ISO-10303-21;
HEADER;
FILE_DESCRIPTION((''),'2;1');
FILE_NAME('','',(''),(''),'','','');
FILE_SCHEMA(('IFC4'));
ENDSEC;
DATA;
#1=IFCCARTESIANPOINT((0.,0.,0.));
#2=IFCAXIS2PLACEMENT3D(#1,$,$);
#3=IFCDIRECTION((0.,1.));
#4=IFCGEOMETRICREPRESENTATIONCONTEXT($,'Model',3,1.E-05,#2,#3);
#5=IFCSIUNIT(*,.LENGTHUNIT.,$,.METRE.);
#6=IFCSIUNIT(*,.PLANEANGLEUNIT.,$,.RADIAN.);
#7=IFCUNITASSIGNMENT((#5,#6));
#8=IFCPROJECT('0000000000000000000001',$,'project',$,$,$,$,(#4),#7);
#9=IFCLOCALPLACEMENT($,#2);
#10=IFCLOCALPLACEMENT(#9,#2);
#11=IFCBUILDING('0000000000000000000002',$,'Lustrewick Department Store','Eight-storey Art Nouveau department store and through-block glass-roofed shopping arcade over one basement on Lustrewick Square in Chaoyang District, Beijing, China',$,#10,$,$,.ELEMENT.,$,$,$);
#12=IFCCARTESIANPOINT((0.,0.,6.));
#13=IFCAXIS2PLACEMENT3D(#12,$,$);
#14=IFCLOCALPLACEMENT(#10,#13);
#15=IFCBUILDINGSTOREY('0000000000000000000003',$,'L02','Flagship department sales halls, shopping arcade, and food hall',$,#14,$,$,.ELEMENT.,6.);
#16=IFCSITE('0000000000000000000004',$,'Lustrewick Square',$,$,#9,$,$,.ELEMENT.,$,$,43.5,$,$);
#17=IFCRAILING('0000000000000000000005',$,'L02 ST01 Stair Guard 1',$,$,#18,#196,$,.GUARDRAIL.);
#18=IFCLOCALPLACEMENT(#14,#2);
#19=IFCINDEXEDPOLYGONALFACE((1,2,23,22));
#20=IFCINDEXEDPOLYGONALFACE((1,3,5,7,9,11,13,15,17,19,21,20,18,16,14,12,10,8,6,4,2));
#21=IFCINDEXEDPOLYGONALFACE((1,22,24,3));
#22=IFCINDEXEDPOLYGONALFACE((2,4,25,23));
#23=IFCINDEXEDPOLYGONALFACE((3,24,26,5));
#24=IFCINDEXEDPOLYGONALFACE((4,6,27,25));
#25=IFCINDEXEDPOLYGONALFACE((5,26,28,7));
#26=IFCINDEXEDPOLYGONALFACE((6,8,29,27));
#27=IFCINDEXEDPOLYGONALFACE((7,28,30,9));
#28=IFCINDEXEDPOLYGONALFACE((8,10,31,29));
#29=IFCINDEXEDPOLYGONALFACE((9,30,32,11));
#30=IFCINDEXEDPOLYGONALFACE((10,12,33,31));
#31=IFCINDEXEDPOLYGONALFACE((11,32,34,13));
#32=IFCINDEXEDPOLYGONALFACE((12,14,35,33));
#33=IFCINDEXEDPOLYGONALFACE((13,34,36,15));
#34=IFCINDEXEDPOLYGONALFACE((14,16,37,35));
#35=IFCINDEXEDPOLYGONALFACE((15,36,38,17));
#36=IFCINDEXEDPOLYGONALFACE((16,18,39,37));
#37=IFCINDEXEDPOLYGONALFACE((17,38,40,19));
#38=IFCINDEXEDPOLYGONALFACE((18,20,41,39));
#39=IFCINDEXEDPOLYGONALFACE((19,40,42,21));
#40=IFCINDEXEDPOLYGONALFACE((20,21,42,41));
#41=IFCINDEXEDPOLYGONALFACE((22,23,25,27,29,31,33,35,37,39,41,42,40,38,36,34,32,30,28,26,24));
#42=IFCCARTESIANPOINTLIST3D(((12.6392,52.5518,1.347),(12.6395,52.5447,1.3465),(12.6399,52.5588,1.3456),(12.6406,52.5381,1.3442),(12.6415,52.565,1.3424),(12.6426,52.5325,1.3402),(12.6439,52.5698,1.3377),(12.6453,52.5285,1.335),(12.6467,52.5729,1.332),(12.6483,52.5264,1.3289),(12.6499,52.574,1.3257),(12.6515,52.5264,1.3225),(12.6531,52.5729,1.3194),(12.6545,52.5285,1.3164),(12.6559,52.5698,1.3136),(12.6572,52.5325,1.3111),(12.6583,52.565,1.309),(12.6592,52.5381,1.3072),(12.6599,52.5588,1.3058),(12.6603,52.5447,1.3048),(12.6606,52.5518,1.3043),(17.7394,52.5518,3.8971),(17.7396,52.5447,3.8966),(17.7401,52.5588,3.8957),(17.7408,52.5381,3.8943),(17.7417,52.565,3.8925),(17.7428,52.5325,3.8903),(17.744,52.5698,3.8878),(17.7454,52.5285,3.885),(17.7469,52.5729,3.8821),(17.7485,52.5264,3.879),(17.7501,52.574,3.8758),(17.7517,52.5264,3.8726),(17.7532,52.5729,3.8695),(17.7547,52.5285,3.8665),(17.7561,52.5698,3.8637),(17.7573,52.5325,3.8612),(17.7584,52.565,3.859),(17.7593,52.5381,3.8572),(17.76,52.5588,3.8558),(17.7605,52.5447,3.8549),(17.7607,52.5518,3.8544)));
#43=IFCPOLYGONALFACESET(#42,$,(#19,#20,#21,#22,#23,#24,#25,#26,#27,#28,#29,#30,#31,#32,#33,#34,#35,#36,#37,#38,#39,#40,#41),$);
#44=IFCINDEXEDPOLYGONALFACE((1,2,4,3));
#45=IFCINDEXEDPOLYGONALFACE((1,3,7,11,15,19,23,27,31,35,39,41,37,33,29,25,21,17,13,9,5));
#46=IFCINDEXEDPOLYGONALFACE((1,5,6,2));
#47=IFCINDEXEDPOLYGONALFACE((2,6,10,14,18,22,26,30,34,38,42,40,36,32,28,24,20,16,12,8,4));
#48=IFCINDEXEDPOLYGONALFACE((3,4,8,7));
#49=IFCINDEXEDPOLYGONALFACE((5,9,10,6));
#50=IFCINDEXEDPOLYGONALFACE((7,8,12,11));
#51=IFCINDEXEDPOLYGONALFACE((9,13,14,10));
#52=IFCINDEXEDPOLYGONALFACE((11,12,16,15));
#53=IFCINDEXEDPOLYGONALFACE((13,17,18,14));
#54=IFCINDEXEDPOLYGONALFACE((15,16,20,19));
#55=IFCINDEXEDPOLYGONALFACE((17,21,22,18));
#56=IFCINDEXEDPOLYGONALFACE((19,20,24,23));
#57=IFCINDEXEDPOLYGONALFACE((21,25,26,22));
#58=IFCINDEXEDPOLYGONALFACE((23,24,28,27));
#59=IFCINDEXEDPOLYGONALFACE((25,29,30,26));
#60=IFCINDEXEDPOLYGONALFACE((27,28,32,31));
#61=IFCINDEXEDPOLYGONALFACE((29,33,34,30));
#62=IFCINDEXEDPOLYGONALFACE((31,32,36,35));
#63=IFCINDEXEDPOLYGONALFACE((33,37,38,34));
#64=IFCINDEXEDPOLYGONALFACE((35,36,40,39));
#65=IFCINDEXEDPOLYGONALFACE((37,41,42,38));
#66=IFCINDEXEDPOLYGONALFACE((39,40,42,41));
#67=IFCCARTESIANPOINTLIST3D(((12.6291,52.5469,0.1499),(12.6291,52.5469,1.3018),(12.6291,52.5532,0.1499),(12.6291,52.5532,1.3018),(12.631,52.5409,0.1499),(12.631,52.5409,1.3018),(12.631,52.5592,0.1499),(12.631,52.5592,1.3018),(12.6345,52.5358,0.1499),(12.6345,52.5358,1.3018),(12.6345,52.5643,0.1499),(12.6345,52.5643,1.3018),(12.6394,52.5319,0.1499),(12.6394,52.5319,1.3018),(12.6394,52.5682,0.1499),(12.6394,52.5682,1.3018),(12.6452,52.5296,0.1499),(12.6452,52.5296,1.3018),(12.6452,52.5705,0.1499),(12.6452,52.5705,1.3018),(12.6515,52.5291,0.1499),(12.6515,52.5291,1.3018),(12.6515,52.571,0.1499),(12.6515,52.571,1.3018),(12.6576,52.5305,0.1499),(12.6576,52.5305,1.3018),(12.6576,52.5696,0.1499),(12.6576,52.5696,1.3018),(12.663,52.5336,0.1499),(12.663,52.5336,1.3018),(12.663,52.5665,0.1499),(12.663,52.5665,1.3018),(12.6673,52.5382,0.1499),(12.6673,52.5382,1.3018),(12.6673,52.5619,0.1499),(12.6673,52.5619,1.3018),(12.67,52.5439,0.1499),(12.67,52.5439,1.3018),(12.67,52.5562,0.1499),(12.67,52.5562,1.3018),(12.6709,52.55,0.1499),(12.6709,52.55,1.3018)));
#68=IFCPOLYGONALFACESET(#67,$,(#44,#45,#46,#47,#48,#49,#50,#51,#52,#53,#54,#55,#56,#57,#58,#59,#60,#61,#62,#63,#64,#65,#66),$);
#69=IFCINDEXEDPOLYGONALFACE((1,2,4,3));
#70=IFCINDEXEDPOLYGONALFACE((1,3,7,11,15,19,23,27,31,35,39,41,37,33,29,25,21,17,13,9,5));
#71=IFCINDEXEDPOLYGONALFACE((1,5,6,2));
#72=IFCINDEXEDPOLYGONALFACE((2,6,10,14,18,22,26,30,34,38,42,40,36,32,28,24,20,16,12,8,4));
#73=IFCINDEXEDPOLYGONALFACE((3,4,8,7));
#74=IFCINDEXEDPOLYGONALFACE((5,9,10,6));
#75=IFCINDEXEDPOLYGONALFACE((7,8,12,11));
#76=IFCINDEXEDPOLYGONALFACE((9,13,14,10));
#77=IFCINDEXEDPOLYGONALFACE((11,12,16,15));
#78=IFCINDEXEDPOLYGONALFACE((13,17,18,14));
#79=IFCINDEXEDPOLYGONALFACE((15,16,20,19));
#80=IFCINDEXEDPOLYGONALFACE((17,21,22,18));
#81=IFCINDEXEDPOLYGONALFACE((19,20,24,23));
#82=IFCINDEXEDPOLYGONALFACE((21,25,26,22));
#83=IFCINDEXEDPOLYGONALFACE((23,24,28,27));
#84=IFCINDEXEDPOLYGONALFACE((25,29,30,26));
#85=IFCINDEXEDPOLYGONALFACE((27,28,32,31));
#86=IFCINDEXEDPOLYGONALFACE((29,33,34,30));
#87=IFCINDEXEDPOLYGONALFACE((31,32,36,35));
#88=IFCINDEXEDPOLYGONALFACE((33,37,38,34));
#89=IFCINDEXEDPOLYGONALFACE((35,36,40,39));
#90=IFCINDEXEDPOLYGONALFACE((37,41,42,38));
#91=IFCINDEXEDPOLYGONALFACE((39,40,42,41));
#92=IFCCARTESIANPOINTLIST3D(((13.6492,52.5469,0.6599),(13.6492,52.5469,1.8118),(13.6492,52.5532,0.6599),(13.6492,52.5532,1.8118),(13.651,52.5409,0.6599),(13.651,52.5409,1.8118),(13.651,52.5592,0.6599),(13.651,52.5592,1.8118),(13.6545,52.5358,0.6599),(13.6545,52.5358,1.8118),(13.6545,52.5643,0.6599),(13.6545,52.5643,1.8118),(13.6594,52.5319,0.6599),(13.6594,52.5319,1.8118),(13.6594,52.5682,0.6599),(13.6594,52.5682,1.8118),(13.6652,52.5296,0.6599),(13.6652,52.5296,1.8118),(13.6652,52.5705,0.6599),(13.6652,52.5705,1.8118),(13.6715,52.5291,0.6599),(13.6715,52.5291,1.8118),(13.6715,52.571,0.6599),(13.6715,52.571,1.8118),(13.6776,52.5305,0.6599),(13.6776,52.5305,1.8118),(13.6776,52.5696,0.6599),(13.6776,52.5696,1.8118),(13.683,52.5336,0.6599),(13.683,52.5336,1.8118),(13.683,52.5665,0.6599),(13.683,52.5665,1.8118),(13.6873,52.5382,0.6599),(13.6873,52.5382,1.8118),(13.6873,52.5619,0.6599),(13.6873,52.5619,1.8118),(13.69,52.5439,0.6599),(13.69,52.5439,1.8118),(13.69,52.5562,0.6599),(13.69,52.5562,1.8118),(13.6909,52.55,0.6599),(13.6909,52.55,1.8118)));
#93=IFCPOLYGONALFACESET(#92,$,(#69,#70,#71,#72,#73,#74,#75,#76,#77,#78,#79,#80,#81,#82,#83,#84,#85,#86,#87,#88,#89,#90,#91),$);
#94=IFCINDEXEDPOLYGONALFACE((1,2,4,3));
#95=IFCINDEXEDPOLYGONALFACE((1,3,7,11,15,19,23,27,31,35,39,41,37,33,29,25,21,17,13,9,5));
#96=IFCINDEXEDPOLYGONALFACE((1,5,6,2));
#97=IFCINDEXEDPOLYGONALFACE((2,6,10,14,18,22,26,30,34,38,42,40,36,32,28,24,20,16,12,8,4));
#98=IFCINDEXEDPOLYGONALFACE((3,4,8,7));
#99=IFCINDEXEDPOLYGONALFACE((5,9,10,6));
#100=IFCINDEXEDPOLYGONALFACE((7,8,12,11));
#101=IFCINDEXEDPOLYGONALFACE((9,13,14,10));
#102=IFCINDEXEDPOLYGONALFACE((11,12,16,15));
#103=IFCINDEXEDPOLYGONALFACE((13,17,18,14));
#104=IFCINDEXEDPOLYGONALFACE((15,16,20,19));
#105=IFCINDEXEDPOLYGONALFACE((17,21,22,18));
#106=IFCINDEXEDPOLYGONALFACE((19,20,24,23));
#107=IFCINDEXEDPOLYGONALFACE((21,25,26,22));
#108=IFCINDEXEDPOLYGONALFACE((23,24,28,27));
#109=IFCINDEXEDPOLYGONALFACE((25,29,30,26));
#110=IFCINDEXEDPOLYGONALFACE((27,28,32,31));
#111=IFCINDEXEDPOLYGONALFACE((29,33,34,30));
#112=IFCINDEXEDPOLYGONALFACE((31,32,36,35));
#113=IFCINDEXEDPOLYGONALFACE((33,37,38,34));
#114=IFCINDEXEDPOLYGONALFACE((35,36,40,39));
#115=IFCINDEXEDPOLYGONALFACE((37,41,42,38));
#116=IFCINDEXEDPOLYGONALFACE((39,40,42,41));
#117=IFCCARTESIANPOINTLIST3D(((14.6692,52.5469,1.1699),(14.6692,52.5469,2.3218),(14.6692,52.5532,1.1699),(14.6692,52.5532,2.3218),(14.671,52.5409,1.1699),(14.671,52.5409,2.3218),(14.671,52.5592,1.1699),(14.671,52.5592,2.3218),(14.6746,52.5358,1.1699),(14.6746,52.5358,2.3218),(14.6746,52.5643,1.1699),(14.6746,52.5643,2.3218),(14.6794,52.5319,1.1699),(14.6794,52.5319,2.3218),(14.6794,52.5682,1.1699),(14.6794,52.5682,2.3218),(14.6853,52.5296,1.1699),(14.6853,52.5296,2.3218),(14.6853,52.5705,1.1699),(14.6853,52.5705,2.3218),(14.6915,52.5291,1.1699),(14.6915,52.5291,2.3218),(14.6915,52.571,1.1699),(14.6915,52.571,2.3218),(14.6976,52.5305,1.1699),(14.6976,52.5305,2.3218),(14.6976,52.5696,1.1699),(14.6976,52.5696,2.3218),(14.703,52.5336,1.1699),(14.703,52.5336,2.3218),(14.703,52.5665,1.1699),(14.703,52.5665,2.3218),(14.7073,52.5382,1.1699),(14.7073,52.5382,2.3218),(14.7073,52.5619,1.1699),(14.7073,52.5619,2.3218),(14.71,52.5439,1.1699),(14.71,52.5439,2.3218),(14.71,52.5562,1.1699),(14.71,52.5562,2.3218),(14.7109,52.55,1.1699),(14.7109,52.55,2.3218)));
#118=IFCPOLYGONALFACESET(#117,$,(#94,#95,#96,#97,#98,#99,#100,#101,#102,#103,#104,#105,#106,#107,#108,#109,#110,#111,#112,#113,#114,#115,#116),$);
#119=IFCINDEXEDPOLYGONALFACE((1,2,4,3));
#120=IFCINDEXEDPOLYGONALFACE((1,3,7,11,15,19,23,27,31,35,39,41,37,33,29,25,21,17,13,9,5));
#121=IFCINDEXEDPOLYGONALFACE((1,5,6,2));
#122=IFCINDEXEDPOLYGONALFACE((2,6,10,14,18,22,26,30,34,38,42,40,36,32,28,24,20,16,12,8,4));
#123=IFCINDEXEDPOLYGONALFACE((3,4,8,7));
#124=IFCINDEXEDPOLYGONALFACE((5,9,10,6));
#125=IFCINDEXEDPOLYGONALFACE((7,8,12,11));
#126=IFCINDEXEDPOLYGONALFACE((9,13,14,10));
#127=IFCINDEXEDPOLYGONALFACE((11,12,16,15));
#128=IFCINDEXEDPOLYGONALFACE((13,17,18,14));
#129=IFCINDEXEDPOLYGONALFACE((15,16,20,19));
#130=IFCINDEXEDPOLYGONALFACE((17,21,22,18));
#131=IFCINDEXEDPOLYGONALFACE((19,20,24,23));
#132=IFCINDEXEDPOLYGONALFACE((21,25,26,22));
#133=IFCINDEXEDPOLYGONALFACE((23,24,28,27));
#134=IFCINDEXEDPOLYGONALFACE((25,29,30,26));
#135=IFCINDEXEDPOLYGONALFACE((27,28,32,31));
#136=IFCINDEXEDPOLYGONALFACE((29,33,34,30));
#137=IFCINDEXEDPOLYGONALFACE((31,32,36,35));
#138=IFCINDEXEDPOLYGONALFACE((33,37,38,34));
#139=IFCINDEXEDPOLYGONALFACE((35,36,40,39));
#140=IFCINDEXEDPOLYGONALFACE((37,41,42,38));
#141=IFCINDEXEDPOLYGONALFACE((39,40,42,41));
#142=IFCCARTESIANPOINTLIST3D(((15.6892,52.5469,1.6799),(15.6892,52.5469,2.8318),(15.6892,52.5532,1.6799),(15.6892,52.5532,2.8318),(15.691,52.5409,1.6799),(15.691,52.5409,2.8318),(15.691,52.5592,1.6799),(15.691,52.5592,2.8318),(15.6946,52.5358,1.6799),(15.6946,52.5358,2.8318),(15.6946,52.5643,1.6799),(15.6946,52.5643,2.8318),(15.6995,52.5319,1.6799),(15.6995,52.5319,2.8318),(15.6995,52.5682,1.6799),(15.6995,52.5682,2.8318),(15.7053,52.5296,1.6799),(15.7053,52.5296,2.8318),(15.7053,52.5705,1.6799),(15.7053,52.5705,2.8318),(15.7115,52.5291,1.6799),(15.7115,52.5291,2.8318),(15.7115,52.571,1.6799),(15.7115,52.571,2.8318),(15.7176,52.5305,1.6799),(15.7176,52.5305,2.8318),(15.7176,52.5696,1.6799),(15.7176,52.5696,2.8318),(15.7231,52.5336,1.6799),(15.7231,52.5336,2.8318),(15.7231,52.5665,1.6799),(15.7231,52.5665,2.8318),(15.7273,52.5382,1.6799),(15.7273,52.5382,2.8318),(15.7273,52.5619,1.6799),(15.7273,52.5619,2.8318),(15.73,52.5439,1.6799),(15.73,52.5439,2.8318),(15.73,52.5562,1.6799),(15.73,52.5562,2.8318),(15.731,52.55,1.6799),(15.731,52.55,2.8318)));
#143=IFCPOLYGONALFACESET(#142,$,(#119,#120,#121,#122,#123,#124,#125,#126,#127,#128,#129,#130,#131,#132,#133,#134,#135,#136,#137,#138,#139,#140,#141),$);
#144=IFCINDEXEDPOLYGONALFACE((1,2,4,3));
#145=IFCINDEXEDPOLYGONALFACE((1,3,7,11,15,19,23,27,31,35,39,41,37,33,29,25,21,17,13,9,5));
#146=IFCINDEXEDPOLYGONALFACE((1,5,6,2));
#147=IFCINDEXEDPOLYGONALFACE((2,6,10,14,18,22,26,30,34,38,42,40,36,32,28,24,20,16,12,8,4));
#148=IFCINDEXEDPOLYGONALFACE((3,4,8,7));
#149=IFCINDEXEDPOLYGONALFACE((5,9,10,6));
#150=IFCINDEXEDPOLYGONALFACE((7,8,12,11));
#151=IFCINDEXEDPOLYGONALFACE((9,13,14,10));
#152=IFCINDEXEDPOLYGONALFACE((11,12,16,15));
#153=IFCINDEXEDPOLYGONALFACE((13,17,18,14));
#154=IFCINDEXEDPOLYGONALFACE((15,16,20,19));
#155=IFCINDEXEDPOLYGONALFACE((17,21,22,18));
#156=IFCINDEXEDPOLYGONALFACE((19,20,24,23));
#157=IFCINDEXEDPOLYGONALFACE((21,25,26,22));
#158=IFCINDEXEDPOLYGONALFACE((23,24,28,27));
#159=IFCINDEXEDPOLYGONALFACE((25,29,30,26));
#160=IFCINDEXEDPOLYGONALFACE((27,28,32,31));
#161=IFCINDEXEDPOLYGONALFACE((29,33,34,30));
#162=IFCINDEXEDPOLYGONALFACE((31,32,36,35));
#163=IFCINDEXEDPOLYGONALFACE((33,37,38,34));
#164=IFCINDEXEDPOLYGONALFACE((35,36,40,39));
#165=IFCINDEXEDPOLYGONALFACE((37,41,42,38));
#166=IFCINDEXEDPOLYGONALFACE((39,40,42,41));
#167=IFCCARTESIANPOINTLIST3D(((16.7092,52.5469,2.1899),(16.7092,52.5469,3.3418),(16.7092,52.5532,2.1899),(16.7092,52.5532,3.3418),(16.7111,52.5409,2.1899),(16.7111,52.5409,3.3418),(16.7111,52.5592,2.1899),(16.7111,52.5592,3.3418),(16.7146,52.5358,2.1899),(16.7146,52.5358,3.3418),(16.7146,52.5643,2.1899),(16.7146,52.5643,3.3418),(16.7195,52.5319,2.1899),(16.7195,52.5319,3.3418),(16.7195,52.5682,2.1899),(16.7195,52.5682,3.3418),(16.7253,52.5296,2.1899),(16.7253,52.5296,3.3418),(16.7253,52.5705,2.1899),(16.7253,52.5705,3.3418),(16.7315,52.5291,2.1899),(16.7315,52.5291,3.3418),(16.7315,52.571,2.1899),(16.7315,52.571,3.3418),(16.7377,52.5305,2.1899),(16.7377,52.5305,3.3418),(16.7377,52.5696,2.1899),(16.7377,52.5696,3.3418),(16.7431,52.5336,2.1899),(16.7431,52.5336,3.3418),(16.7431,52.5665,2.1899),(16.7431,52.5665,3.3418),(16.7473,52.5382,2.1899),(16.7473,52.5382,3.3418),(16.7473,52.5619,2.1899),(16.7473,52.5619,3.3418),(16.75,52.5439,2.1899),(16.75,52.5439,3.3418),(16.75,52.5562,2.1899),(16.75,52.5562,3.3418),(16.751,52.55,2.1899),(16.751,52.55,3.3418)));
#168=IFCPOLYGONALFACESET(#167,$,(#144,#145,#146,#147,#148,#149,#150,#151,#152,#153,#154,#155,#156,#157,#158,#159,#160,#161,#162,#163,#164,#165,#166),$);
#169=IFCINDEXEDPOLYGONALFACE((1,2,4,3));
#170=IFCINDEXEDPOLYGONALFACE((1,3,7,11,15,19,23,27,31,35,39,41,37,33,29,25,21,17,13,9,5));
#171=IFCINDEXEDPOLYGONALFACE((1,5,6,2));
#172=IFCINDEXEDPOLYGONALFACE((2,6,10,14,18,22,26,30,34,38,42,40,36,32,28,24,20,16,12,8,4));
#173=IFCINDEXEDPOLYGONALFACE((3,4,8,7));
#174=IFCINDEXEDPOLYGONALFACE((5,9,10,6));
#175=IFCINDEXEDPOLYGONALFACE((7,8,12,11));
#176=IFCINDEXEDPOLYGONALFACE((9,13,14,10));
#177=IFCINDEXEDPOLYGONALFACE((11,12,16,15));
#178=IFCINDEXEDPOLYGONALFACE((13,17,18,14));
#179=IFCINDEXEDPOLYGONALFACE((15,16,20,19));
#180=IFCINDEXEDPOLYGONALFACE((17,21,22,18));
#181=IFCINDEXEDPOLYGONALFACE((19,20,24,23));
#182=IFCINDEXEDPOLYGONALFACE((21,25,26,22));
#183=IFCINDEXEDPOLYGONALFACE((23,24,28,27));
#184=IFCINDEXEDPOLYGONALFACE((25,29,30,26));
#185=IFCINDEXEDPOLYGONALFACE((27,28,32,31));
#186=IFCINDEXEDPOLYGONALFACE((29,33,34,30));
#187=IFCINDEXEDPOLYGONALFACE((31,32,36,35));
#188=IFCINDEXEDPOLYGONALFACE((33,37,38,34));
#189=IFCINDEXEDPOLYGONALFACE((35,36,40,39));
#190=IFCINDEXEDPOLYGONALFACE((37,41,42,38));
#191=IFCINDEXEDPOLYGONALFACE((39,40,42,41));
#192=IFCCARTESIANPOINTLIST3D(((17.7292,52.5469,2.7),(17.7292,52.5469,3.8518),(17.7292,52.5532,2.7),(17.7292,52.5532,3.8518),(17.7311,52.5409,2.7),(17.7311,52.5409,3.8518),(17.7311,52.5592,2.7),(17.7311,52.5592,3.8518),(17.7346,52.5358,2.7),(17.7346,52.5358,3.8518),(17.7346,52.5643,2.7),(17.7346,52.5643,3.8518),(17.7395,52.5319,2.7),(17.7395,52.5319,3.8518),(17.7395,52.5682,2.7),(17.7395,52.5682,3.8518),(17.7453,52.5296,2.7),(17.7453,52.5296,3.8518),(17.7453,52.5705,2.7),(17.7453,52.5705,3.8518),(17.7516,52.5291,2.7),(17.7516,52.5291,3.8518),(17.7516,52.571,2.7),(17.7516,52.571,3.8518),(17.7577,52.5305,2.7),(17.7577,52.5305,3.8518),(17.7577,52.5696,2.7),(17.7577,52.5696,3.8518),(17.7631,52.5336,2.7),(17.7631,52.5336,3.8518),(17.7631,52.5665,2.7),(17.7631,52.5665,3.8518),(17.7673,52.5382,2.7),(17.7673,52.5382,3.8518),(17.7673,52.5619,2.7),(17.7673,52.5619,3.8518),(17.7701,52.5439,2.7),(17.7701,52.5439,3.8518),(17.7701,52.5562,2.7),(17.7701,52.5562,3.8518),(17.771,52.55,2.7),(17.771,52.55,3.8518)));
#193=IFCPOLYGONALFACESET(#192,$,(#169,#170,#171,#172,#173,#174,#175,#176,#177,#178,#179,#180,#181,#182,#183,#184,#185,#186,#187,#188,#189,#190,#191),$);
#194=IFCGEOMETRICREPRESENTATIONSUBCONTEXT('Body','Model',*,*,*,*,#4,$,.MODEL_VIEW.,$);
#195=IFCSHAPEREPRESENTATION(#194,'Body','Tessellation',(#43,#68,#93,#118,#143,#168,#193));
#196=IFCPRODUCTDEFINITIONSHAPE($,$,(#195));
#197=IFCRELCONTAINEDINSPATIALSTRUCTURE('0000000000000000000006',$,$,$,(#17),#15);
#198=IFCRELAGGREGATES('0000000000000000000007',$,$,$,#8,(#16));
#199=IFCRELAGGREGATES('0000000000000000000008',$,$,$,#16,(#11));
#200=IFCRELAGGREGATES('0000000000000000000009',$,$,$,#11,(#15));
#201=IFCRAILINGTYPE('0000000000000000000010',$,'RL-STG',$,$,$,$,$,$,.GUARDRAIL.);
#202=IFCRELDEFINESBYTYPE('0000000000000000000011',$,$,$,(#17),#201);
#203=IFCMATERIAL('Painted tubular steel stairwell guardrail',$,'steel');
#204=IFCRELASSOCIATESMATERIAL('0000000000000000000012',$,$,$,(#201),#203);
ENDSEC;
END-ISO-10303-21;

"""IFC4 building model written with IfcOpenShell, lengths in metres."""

from ifc_helpers import new_model, si_unit, direction, frame, origin, origin_2d, place, context, subcontext, project, spatial, circle, extrude, material, type_object, element, save


model = new_model("IFC4")

# Units and contexts
model_context = context("Model", 3, precision=1e-05, world=origin(), true_north=direction((0.0, 1.0)))
body_context = subcontext(model_context, "Body", "Model", "MODEL_VIEW")
ifc_project = project(units=[si_unit("LENGTHUNIT", "METRE"), si_unit("PLANEANGLEUNIT", "RADIAN")], contexts=[model_context])

# Site, building, storey
site_placement = place(None, origin())
site = spatial("IfcSite", under=ifc_project, at=site_placement, Name="Lustrewick Square", CompositionType="ELEMENT", RefElevation=43.5)
building_placement = place(site_placement, origin())
building = spatial("IfcBuilding", under=site, at=building_placement, Name="Lustrewick Department Store", Description="Eight-storey Art Nouveau department store and through-block glass-roofed shopping arcade over one basement on Lustrewick Square in Chaoyang District, Beijing, China", CompositionType="ELEMENT")
storey_placement = place(building_placement, frame((0.0, 0.0, 6.0)))
storey = spatial("IfcBuildingStorey", under=building, at=storey_placement, Name="L02", Description="Flagship department sales halls, shopping arcade, and food hall", CompositionType="ELEMENT", Elevation=6.0)

# Railing
ifc_material_1 = material(Name="Painted tubular steel stairwell guardrail", Category="steel")
railing_type_1 = type_object("IfcRailingType", Name="RL-STG", PredefinedType="GUARDRAIL", material=ifc_material_1)
railing_1_placement = place(storey_placement, frame((12.6499, 52.55, 0.1499)))
element("IfcRailing", 1, at=railing_1_placement, inside=storey, type_object=railing_type_1, Name="L02 ST01 Stair Guard 1", PredefinedType="GUARDRAIL", context=body_context, shape_type="SweptSolid", body=[
    extrude(circle(Radius=0.0239, at=origin_2d()), frame((0.0, 0.0, 1.1758), z_axis=(0.894427, 0.0, 0.447214), x_axis=(0.0, 1.0, 0.0)), (0.0, 0.0, 1.0), 5.7021),
    extrude(circle(Radius=0.021, at=origin_2d()), origin(), (0.0, 0.0, 1.0), 1.1519),
    extrude(circle(Radius=0.021, at=origin_2d()), frame((1.02, 0.0, 0.51)), (0.0, 0.0, 1.0), 1.1519),
    extrude(circle(Radius=0.021, at=origin_2d()), frame((2.04, 0.0, 1.02)), (0.0, 0.0, 1.0), 1.1519),
    extrude(circle(Radius=0.021, at=origin_2d()), frame((3.0601, 0.0, 1.53)), (0.0, 0.0, 1.0), 1.1519),
    extrude(circle(Radius=0.021, at=origin_2d()), frame((4.0801, 0.0, 2.04)), (0.0, 0.0, 1.0), 1.1519),
    extrude(circle(Radius=0.021, at=origin_2d()), frame((5.1001, 0.0, 2.55)), (0.0, 0.0, 1.0), 1.1519),
])

save(model, "model.ifc")
